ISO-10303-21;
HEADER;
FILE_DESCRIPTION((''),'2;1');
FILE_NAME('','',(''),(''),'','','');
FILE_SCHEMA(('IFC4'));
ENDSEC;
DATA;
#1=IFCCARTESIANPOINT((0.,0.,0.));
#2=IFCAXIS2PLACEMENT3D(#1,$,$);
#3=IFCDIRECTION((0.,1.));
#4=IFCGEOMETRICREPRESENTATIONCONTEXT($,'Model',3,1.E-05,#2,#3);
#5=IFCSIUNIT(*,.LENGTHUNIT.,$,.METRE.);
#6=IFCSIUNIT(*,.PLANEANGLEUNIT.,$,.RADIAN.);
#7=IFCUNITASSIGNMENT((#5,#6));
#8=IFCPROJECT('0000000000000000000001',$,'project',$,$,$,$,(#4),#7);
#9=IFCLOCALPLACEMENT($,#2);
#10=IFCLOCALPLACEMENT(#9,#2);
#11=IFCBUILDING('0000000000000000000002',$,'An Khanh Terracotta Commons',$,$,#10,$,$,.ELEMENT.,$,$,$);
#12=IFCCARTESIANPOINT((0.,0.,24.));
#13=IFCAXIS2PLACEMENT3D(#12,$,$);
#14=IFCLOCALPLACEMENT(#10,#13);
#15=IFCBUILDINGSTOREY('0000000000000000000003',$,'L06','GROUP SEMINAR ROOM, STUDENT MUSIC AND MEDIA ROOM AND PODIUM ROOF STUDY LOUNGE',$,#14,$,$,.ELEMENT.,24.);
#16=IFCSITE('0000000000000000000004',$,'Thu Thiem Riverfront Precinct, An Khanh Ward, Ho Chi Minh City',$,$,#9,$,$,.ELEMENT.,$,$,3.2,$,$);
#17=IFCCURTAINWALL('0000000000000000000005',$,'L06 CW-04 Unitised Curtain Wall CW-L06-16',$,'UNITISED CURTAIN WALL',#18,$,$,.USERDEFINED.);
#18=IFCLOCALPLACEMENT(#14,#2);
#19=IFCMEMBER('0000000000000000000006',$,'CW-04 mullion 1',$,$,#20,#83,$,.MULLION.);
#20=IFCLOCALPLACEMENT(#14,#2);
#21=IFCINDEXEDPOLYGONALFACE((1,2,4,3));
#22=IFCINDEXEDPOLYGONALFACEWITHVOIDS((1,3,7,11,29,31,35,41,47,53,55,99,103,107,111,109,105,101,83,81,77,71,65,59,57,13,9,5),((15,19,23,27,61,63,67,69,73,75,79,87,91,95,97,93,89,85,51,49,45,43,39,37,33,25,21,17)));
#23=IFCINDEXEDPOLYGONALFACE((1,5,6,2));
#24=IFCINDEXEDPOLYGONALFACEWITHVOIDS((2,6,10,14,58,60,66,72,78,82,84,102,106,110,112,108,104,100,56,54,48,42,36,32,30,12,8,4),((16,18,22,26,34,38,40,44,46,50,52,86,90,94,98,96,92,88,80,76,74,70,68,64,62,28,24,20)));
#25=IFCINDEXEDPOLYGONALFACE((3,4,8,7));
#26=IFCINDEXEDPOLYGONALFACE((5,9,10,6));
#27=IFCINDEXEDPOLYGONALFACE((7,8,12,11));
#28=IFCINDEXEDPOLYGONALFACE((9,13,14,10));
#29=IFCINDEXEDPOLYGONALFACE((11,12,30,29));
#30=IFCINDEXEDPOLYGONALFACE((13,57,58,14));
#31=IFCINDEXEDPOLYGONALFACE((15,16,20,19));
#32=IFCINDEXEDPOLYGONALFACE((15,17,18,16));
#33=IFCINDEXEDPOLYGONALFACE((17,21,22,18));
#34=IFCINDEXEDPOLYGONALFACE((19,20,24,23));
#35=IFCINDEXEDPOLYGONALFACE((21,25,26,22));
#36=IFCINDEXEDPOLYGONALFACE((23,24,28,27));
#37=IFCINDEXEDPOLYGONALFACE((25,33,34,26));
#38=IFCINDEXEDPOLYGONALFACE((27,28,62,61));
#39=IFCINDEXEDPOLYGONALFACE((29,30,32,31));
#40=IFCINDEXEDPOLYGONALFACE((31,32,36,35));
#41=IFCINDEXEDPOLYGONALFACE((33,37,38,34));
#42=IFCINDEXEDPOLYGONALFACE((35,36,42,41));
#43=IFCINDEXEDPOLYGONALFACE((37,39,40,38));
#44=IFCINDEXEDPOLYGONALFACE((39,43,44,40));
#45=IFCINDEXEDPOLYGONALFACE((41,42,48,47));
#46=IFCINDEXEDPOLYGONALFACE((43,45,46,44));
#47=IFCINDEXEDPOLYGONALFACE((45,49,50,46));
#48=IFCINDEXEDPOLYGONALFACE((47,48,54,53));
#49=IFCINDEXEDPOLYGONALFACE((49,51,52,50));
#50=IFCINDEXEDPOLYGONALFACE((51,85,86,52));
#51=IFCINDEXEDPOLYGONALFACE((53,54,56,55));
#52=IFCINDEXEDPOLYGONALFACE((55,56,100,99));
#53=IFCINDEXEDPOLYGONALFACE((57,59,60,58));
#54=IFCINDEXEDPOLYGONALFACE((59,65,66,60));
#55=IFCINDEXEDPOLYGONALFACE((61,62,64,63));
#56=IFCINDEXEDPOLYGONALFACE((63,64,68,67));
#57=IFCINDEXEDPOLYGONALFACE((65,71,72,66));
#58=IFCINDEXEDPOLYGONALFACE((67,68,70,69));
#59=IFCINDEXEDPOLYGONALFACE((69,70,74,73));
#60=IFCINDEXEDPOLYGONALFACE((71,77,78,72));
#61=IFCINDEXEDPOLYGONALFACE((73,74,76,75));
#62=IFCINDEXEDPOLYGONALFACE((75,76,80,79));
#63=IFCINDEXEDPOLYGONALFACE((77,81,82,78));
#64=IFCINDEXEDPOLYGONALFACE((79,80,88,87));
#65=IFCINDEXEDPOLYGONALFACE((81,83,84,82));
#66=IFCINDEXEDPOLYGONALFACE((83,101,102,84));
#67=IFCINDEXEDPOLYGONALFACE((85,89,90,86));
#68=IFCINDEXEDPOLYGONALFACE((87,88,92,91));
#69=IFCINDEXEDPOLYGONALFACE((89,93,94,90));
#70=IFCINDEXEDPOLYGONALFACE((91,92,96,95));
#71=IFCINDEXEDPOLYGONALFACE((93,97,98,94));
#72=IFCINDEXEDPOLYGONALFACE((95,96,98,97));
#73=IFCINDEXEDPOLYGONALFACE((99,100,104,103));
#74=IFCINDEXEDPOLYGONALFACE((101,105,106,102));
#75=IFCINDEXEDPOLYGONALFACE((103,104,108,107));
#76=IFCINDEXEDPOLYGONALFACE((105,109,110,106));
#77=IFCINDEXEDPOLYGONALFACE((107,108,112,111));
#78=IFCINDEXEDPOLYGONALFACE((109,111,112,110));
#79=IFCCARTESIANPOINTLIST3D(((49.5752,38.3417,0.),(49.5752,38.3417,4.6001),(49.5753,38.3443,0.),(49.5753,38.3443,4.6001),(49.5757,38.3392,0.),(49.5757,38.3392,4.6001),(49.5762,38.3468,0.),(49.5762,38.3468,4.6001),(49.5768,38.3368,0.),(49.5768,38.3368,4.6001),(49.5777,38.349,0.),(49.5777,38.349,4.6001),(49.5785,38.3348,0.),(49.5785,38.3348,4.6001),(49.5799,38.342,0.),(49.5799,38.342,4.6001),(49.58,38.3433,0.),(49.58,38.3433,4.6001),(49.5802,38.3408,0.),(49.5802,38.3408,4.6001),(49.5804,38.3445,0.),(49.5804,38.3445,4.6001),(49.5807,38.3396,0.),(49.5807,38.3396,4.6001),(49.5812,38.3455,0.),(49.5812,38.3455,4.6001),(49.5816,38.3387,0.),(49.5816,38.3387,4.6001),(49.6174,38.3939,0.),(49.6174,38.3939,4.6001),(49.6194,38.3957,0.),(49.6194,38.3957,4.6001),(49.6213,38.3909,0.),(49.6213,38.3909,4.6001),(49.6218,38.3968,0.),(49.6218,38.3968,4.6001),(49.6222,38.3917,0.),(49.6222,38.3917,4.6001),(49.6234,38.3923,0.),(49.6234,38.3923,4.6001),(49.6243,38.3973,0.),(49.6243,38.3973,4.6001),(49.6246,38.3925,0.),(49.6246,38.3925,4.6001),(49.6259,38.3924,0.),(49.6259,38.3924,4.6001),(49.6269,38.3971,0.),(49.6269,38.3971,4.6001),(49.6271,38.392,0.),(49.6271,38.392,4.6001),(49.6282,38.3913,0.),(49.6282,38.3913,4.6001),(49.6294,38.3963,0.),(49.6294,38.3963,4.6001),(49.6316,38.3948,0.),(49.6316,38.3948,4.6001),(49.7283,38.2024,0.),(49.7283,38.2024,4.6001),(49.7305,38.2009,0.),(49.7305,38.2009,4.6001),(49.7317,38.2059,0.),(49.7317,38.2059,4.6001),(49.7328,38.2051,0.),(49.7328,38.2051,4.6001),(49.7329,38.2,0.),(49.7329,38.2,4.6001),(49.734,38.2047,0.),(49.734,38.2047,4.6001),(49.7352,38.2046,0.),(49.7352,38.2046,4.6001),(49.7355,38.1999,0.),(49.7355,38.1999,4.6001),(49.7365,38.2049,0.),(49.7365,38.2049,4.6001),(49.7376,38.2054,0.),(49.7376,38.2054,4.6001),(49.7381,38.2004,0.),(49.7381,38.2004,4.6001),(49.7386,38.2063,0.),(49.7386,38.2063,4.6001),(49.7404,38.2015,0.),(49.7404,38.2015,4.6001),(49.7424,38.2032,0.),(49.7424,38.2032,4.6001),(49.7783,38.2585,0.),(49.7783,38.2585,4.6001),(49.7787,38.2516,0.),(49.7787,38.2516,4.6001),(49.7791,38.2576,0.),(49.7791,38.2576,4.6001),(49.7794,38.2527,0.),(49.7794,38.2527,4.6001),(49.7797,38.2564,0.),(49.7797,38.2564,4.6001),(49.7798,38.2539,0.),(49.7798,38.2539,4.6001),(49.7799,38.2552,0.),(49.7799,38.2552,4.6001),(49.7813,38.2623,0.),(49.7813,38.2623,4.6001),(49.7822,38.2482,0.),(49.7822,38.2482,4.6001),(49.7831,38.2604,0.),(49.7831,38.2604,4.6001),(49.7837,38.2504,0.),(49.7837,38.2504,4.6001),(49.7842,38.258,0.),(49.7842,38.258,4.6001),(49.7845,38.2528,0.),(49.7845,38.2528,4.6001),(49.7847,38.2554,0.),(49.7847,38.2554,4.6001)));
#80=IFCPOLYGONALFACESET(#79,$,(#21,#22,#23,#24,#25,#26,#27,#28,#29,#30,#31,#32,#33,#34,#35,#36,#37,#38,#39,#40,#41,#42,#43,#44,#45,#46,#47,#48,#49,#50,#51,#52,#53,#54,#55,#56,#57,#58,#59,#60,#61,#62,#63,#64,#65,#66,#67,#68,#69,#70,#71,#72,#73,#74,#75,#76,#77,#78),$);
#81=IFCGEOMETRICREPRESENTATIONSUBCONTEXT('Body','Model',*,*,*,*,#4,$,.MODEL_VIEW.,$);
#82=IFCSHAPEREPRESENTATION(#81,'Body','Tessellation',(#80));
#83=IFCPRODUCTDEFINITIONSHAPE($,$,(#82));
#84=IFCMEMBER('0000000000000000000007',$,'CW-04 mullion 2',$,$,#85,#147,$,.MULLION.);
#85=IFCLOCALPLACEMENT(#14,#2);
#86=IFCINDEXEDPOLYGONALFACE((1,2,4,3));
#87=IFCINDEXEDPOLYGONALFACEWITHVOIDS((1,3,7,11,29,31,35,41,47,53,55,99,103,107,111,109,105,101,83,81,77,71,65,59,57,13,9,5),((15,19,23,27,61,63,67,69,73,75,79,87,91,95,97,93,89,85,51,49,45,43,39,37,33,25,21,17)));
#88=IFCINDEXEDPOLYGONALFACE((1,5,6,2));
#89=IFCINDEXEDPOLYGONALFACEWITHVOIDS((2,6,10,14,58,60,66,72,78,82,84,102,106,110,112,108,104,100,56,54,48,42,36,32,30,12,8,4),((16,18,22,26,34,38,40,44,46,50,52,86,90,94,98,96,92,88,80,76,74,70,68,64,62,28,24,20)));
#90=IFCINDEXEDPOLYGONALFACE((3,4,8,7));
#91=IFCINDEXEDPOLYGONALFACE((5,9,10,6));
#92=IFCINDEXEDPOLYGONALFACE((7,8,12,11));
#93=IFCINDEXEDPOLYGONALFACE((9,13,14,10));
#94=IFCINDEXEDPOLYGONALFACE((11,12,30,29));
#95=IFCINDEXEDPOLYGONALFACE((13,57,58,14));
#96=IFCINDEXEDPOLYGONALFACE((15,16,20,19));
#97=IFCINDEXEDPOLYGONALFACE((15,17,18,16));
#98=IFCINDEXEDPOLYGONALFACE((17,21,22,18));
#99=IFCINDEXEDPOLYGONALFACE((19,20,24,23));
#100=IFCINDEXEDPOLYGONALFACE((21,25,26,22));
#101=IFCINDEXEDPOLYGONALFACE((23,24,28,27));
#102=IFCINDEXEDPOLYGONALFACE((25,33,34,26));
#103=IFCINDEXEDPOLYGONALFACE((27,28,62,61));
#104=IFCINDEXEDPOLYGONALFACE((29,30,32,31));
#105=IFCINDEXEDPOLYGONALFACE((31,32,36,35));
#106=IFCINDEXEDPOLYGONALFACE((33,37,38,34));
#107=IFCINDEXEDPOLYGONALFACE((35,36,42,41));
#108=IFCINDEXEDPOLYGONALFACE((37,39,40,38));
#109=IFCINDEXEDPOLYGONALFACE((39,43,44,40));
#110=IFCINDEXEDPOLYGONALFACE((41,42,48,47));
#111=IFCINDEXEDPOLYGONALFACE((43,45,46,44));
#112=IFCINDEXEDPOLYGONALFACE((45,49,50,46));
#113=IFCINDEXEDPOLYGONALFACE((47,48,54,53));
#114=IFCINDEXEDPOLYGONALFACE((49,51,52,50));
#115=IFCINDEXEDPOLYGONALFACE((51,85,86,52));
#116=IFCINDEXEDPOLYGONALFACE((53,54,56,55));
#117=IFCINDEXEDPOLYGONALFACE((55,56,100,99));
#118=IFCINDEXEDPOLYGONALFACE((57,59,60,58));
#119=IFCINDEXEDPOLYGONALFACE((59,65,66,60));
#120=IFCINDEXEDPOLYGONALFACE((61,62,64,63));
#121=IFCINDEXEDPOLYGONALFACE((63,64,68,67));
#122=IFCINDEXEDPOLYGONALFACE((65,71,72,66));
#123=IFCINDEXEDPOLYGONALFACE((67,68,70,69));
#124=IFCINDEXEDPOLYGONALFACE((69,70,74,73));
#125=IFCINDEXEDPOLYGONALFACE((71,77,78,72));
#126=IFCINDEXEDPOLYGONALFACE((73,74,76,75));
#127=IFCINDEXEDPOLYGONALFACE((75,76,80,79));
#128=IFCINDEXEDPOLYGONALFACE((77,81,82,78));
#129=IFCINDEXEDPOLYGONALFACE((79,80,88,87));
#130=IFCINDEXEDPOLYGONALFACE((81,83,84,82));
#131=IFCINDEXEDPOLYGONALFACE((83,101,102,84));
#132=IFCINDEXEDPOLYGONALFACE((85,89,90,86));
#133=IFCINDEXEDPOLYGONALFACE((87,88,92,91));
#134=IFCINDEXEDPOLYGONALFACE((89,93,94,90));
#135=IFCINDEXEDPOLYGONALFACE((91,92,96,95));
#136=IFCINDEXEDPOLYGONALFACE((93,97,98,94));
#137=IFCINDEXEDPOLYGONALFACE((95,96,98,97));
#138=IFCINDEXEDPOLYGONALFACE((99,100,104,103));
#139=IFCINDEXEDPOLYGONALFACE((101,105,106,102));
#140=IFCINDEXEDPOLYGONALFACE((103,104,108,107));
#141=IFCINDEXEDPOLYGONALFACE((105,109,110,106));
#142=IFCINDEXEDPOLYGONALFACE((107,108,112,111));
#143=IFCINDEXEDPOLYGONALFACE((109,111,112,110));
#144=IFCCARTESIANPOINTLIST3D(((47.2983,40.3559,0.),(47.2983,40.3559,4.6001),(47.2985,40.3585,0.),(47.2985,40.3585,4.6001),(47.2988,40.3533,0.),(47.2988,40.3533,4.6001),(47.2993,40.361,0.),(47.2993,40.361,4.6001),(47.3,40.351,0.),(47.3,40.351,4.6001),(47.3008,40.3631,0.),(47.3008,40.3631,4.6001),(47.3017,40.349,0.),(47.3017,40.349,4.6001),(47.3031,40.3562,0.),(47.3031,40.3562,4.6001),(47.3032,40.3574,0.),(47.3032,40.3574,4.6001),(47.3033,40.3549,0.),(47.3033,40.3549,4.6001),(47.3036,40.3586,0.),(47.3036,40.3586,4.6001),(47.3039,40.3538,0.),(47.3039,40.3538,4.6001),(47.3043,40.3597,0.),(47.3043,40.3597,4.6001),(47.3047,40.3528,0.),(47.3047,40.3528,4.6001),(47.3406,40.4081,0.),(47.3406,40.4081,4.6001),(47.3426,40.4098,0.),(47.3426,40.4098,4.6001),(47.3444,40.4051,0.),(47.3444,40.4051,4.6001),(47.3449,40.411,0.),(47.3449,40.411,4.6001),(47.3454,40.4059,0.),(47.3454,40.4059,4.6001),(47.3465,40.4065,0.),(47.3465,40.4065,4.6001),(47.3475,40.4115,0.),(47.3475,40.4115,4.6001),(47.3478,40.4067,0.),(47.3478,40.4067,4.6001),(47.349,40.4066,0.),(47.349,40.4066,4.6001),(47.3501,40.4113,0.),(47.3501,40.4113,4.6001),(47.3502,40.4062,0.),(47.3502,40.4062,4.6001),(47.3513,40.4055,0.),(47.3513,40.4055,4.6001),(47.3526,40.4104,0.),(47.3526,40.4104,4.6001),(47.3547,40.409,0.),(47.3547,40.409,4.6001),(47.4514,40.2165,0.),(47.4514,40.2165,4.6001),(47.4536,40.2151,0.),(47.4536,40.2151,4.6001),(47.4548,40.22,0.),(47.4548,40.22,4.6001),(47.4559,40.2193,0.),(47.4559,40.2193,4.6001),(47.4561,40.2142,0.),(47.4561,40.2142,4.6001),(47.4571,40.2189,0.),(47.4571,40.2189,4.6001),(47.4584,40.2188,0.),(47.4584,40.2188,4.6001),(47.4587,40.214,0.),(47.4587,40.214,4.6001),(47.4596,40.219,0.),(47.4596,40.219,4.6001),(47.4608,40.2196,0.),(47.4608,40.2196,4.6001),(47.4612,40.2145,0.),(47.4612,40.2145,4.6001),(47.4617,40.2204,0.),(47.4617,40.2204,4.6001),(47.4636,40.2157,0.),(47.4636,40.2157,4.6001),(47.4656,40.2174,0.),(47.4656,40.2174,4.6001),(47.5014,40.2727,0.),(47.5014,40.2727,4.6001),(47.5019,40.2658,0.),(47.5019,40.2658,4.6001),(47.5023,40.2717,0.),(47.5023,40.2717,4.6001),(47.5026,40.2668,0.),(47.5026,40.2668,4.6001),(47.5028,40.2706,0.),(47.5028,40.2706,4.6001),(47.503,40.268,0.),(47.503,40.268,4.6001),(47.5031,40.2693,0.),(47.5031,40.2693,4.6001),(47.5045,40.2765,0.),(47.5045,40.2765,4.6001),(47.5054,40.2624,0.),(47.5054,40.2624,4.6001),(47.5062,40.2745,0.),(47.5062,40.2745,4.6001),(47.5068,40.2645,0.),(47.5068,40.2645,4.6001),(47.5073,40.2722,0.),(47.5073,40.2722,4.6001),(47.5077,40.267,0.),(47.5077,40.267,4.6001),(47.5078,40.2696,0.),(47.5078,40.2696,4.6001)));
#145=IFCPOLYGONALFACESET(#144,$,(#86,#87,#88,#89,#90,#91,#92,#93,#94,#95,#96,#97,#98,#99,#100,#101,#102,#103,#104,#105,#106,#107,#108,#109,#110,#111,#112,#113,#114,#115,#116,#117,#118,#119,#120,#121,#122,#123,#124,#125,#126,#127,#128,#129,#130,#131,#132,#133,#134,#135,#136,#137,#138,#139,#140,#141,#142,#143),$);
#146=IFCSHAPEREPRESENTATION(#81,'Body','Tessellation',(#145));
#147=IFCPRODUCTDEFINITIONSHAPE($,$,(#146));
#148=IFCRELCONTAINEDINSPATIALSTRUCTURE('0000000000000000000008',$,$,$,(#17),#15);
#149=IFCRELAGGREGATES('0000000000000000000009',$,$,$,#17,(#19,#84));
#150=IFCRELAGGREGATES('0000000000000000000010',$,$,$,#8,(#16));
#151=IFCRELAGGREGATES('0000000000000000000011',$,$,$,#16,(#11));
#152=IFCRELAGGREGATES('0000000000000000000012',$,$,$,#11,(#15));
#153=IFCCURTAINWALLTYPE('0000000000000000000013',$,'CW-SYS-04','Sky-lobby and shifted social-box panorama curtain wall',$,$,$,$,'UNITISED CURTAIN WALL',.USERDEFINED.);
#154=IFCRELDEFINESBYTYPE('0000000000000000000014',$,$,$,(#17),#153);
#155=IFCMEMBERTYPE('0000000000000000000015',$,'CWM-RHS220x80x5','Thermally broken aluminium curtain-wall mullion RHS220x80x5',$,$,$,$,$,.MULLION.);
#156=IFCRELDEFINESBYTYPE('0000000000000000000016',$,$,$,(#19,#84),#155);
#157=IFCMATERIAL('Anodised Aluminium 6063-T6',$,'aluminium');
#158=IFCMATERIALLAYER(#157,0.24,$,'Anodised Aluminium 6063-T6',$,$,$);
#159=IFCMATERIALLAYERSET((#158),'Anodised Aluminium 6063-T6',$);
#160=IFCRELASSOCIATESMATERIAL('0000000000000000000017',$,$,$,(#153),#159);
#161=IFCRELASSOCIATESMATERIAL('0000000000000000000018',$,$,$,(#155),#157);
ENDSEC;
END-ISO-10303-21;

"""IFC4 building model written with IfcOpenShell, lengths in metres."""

from ifc_helpers import new_model, si_unit, direction, frame, origin, origin_2d, place, context, subcontext, project, spatial, hollow_rectangle, extrude, material, layer, layer_set, material_profile, profile_set, type_object, element, aggregate, save


model = new_model("IFC4")

# Units and contexts
model_context = context("Model", 3, precision=1e-05, world=origin(), true_north=direction((0.0, 1.0)))
body_context = subcontext(model_context, "Body", "Model", "MODEL_VIEW")
ifc_project = project(units=[si_unit("LENGTHUNIT", "METRE"), si_unit("PLANEANGLEUNIT", "RADIAN")], contexts=[model_context])

# Site, building, storey
site_placement = place(None, origin())
site = spatial("IfcSite", under=ifc_project, at=site_placement, Name="Thu Thiem Riverfront Precinct, An Khanh Ward, Ho Chi Minh City", CompositionType="ELEMENT", RefElevation=3.2)
building_placement = place(site_placement, origin())
building = spatial("IfcBuilding", under=site, at=building_placement, Name="An Khanh Terracotta Commons", CompositionType="ELEMENT")
storey_placement = place(building_placement, frame((0.0, 0.0, 24.0)))
storey = spatial("IfcBuildingStorey", under=building, at=storey_placement, Name="L06", Description="GROUP SEMINAR ROOM, STUDENT MUSIC AND MEDIA ROOM AND PODIUM ROOF STUDY LOUNGE", CompositionType="ELEMENT", Elevation=24.0)

# Shared definitions
ifc_material_1 = material(Name="Anodised Aluminium 6063-T6", Category="aluminium")
ifc_layer_1 = layer(ifc_material_1, 0.24, Name="Anodised Aluminium 6063-T6")
ifc_layer_set_1 = layer_set([ifc_layer_1], Name="Anodised Aluminium 6063-T6")
curtain_wall_type = type_object("IfcCurtainWallType", Name="CW-SYS-04", Description="Sky-lobby and shifted social-box panorama curtain wall", ElementType="UNITISED CURTAIN WALL", PredefinedType="USERDEFINED", material=ifc_layer_set_1)
ifc_material_profile_1 = material_profile(ifc_material_1, hollow_rectangle(XDim=0.0801, YDim=0.22, WallThickness=0.0049, InnerFilletRadius=0.0049, OuterFilletRadius=0.01, at=origin_2d()), Name="RHS220x80x5")
ifc_profile_set_1 = profile_set([ifc_material_profile_1], Name="Anodised Aluminium 6063-T6")
member_type_1 = type_object("IfcMemberType", Name="CWM-RHS220x80x5", Description="Thermally broken aluminium curtain-wall mullion RHS220x80x5", PredefinedType="MULLION", material=ifc_profile_set_1)

# Curtain wall, members
curtain_wall_1_placement = place(storey_placement, origin())
curtain_wall_1 = element("IfcCurtainWall", 1, at=curtain_wall_1_placement, inside=storey, type_object=curtain_wall_type, Name="L06 CW-04 Unitised Curtain Wall CW-L06-16", ObjectType="UNITISED CURTAIN WALL", PredefinedType="USERDEFINED")
member_1_placement = place(storey_placement, frame((49.6799, 38.2986, 0.0), z_axis=(0.0, 0.0, 1.0), x_axis=(-0.662548, -0.749019, 0.0)))
member_1 = element("IfcMember", 2, at=member_1_placement, type_object=member_type_1, Name="CW-04 mullion 1", PredefinedType="MULLION", context=body_context, shape_type="SweptSolid", body=[
    extrude(hollow_rectangle(XDim=0.0801, YDim=0.22, WallThickness=0.0049, InnerFilletRadius=0.0049, OuterFilletRadius=0.01, at=origin_2d()), origin(), (0.0, 0.0, 1.0), 4.6001),
])
member_2_placement = place(storey_placement, frame((47.4031, 40.3127, 0.0), z_axis=(0.0, 0.0, 1.0), x_axis=(-0.662548, -0.749019, 0.0)))
member_2 = element("IfcMember", 3, at=member_2_placement, type_object=member_type_1, Name="CW-04 mullion 2", PredefinedType="MULLION", context=body_context, shape_type="SweptSolid", body=[
    extrude(hollow_rectangle(XDim=0.0801, YDim=0.22, WallThickness=0.0049, InnerFilletRadius=0.0049, OuterFilletRadius=0.01, at=origin_2d()), origin(), (0.0, 0.0, 1.0), 4.6001),
])
aggregate(curtain_wall_1, [member_1, member_2])

save(model, "model.ifc")
